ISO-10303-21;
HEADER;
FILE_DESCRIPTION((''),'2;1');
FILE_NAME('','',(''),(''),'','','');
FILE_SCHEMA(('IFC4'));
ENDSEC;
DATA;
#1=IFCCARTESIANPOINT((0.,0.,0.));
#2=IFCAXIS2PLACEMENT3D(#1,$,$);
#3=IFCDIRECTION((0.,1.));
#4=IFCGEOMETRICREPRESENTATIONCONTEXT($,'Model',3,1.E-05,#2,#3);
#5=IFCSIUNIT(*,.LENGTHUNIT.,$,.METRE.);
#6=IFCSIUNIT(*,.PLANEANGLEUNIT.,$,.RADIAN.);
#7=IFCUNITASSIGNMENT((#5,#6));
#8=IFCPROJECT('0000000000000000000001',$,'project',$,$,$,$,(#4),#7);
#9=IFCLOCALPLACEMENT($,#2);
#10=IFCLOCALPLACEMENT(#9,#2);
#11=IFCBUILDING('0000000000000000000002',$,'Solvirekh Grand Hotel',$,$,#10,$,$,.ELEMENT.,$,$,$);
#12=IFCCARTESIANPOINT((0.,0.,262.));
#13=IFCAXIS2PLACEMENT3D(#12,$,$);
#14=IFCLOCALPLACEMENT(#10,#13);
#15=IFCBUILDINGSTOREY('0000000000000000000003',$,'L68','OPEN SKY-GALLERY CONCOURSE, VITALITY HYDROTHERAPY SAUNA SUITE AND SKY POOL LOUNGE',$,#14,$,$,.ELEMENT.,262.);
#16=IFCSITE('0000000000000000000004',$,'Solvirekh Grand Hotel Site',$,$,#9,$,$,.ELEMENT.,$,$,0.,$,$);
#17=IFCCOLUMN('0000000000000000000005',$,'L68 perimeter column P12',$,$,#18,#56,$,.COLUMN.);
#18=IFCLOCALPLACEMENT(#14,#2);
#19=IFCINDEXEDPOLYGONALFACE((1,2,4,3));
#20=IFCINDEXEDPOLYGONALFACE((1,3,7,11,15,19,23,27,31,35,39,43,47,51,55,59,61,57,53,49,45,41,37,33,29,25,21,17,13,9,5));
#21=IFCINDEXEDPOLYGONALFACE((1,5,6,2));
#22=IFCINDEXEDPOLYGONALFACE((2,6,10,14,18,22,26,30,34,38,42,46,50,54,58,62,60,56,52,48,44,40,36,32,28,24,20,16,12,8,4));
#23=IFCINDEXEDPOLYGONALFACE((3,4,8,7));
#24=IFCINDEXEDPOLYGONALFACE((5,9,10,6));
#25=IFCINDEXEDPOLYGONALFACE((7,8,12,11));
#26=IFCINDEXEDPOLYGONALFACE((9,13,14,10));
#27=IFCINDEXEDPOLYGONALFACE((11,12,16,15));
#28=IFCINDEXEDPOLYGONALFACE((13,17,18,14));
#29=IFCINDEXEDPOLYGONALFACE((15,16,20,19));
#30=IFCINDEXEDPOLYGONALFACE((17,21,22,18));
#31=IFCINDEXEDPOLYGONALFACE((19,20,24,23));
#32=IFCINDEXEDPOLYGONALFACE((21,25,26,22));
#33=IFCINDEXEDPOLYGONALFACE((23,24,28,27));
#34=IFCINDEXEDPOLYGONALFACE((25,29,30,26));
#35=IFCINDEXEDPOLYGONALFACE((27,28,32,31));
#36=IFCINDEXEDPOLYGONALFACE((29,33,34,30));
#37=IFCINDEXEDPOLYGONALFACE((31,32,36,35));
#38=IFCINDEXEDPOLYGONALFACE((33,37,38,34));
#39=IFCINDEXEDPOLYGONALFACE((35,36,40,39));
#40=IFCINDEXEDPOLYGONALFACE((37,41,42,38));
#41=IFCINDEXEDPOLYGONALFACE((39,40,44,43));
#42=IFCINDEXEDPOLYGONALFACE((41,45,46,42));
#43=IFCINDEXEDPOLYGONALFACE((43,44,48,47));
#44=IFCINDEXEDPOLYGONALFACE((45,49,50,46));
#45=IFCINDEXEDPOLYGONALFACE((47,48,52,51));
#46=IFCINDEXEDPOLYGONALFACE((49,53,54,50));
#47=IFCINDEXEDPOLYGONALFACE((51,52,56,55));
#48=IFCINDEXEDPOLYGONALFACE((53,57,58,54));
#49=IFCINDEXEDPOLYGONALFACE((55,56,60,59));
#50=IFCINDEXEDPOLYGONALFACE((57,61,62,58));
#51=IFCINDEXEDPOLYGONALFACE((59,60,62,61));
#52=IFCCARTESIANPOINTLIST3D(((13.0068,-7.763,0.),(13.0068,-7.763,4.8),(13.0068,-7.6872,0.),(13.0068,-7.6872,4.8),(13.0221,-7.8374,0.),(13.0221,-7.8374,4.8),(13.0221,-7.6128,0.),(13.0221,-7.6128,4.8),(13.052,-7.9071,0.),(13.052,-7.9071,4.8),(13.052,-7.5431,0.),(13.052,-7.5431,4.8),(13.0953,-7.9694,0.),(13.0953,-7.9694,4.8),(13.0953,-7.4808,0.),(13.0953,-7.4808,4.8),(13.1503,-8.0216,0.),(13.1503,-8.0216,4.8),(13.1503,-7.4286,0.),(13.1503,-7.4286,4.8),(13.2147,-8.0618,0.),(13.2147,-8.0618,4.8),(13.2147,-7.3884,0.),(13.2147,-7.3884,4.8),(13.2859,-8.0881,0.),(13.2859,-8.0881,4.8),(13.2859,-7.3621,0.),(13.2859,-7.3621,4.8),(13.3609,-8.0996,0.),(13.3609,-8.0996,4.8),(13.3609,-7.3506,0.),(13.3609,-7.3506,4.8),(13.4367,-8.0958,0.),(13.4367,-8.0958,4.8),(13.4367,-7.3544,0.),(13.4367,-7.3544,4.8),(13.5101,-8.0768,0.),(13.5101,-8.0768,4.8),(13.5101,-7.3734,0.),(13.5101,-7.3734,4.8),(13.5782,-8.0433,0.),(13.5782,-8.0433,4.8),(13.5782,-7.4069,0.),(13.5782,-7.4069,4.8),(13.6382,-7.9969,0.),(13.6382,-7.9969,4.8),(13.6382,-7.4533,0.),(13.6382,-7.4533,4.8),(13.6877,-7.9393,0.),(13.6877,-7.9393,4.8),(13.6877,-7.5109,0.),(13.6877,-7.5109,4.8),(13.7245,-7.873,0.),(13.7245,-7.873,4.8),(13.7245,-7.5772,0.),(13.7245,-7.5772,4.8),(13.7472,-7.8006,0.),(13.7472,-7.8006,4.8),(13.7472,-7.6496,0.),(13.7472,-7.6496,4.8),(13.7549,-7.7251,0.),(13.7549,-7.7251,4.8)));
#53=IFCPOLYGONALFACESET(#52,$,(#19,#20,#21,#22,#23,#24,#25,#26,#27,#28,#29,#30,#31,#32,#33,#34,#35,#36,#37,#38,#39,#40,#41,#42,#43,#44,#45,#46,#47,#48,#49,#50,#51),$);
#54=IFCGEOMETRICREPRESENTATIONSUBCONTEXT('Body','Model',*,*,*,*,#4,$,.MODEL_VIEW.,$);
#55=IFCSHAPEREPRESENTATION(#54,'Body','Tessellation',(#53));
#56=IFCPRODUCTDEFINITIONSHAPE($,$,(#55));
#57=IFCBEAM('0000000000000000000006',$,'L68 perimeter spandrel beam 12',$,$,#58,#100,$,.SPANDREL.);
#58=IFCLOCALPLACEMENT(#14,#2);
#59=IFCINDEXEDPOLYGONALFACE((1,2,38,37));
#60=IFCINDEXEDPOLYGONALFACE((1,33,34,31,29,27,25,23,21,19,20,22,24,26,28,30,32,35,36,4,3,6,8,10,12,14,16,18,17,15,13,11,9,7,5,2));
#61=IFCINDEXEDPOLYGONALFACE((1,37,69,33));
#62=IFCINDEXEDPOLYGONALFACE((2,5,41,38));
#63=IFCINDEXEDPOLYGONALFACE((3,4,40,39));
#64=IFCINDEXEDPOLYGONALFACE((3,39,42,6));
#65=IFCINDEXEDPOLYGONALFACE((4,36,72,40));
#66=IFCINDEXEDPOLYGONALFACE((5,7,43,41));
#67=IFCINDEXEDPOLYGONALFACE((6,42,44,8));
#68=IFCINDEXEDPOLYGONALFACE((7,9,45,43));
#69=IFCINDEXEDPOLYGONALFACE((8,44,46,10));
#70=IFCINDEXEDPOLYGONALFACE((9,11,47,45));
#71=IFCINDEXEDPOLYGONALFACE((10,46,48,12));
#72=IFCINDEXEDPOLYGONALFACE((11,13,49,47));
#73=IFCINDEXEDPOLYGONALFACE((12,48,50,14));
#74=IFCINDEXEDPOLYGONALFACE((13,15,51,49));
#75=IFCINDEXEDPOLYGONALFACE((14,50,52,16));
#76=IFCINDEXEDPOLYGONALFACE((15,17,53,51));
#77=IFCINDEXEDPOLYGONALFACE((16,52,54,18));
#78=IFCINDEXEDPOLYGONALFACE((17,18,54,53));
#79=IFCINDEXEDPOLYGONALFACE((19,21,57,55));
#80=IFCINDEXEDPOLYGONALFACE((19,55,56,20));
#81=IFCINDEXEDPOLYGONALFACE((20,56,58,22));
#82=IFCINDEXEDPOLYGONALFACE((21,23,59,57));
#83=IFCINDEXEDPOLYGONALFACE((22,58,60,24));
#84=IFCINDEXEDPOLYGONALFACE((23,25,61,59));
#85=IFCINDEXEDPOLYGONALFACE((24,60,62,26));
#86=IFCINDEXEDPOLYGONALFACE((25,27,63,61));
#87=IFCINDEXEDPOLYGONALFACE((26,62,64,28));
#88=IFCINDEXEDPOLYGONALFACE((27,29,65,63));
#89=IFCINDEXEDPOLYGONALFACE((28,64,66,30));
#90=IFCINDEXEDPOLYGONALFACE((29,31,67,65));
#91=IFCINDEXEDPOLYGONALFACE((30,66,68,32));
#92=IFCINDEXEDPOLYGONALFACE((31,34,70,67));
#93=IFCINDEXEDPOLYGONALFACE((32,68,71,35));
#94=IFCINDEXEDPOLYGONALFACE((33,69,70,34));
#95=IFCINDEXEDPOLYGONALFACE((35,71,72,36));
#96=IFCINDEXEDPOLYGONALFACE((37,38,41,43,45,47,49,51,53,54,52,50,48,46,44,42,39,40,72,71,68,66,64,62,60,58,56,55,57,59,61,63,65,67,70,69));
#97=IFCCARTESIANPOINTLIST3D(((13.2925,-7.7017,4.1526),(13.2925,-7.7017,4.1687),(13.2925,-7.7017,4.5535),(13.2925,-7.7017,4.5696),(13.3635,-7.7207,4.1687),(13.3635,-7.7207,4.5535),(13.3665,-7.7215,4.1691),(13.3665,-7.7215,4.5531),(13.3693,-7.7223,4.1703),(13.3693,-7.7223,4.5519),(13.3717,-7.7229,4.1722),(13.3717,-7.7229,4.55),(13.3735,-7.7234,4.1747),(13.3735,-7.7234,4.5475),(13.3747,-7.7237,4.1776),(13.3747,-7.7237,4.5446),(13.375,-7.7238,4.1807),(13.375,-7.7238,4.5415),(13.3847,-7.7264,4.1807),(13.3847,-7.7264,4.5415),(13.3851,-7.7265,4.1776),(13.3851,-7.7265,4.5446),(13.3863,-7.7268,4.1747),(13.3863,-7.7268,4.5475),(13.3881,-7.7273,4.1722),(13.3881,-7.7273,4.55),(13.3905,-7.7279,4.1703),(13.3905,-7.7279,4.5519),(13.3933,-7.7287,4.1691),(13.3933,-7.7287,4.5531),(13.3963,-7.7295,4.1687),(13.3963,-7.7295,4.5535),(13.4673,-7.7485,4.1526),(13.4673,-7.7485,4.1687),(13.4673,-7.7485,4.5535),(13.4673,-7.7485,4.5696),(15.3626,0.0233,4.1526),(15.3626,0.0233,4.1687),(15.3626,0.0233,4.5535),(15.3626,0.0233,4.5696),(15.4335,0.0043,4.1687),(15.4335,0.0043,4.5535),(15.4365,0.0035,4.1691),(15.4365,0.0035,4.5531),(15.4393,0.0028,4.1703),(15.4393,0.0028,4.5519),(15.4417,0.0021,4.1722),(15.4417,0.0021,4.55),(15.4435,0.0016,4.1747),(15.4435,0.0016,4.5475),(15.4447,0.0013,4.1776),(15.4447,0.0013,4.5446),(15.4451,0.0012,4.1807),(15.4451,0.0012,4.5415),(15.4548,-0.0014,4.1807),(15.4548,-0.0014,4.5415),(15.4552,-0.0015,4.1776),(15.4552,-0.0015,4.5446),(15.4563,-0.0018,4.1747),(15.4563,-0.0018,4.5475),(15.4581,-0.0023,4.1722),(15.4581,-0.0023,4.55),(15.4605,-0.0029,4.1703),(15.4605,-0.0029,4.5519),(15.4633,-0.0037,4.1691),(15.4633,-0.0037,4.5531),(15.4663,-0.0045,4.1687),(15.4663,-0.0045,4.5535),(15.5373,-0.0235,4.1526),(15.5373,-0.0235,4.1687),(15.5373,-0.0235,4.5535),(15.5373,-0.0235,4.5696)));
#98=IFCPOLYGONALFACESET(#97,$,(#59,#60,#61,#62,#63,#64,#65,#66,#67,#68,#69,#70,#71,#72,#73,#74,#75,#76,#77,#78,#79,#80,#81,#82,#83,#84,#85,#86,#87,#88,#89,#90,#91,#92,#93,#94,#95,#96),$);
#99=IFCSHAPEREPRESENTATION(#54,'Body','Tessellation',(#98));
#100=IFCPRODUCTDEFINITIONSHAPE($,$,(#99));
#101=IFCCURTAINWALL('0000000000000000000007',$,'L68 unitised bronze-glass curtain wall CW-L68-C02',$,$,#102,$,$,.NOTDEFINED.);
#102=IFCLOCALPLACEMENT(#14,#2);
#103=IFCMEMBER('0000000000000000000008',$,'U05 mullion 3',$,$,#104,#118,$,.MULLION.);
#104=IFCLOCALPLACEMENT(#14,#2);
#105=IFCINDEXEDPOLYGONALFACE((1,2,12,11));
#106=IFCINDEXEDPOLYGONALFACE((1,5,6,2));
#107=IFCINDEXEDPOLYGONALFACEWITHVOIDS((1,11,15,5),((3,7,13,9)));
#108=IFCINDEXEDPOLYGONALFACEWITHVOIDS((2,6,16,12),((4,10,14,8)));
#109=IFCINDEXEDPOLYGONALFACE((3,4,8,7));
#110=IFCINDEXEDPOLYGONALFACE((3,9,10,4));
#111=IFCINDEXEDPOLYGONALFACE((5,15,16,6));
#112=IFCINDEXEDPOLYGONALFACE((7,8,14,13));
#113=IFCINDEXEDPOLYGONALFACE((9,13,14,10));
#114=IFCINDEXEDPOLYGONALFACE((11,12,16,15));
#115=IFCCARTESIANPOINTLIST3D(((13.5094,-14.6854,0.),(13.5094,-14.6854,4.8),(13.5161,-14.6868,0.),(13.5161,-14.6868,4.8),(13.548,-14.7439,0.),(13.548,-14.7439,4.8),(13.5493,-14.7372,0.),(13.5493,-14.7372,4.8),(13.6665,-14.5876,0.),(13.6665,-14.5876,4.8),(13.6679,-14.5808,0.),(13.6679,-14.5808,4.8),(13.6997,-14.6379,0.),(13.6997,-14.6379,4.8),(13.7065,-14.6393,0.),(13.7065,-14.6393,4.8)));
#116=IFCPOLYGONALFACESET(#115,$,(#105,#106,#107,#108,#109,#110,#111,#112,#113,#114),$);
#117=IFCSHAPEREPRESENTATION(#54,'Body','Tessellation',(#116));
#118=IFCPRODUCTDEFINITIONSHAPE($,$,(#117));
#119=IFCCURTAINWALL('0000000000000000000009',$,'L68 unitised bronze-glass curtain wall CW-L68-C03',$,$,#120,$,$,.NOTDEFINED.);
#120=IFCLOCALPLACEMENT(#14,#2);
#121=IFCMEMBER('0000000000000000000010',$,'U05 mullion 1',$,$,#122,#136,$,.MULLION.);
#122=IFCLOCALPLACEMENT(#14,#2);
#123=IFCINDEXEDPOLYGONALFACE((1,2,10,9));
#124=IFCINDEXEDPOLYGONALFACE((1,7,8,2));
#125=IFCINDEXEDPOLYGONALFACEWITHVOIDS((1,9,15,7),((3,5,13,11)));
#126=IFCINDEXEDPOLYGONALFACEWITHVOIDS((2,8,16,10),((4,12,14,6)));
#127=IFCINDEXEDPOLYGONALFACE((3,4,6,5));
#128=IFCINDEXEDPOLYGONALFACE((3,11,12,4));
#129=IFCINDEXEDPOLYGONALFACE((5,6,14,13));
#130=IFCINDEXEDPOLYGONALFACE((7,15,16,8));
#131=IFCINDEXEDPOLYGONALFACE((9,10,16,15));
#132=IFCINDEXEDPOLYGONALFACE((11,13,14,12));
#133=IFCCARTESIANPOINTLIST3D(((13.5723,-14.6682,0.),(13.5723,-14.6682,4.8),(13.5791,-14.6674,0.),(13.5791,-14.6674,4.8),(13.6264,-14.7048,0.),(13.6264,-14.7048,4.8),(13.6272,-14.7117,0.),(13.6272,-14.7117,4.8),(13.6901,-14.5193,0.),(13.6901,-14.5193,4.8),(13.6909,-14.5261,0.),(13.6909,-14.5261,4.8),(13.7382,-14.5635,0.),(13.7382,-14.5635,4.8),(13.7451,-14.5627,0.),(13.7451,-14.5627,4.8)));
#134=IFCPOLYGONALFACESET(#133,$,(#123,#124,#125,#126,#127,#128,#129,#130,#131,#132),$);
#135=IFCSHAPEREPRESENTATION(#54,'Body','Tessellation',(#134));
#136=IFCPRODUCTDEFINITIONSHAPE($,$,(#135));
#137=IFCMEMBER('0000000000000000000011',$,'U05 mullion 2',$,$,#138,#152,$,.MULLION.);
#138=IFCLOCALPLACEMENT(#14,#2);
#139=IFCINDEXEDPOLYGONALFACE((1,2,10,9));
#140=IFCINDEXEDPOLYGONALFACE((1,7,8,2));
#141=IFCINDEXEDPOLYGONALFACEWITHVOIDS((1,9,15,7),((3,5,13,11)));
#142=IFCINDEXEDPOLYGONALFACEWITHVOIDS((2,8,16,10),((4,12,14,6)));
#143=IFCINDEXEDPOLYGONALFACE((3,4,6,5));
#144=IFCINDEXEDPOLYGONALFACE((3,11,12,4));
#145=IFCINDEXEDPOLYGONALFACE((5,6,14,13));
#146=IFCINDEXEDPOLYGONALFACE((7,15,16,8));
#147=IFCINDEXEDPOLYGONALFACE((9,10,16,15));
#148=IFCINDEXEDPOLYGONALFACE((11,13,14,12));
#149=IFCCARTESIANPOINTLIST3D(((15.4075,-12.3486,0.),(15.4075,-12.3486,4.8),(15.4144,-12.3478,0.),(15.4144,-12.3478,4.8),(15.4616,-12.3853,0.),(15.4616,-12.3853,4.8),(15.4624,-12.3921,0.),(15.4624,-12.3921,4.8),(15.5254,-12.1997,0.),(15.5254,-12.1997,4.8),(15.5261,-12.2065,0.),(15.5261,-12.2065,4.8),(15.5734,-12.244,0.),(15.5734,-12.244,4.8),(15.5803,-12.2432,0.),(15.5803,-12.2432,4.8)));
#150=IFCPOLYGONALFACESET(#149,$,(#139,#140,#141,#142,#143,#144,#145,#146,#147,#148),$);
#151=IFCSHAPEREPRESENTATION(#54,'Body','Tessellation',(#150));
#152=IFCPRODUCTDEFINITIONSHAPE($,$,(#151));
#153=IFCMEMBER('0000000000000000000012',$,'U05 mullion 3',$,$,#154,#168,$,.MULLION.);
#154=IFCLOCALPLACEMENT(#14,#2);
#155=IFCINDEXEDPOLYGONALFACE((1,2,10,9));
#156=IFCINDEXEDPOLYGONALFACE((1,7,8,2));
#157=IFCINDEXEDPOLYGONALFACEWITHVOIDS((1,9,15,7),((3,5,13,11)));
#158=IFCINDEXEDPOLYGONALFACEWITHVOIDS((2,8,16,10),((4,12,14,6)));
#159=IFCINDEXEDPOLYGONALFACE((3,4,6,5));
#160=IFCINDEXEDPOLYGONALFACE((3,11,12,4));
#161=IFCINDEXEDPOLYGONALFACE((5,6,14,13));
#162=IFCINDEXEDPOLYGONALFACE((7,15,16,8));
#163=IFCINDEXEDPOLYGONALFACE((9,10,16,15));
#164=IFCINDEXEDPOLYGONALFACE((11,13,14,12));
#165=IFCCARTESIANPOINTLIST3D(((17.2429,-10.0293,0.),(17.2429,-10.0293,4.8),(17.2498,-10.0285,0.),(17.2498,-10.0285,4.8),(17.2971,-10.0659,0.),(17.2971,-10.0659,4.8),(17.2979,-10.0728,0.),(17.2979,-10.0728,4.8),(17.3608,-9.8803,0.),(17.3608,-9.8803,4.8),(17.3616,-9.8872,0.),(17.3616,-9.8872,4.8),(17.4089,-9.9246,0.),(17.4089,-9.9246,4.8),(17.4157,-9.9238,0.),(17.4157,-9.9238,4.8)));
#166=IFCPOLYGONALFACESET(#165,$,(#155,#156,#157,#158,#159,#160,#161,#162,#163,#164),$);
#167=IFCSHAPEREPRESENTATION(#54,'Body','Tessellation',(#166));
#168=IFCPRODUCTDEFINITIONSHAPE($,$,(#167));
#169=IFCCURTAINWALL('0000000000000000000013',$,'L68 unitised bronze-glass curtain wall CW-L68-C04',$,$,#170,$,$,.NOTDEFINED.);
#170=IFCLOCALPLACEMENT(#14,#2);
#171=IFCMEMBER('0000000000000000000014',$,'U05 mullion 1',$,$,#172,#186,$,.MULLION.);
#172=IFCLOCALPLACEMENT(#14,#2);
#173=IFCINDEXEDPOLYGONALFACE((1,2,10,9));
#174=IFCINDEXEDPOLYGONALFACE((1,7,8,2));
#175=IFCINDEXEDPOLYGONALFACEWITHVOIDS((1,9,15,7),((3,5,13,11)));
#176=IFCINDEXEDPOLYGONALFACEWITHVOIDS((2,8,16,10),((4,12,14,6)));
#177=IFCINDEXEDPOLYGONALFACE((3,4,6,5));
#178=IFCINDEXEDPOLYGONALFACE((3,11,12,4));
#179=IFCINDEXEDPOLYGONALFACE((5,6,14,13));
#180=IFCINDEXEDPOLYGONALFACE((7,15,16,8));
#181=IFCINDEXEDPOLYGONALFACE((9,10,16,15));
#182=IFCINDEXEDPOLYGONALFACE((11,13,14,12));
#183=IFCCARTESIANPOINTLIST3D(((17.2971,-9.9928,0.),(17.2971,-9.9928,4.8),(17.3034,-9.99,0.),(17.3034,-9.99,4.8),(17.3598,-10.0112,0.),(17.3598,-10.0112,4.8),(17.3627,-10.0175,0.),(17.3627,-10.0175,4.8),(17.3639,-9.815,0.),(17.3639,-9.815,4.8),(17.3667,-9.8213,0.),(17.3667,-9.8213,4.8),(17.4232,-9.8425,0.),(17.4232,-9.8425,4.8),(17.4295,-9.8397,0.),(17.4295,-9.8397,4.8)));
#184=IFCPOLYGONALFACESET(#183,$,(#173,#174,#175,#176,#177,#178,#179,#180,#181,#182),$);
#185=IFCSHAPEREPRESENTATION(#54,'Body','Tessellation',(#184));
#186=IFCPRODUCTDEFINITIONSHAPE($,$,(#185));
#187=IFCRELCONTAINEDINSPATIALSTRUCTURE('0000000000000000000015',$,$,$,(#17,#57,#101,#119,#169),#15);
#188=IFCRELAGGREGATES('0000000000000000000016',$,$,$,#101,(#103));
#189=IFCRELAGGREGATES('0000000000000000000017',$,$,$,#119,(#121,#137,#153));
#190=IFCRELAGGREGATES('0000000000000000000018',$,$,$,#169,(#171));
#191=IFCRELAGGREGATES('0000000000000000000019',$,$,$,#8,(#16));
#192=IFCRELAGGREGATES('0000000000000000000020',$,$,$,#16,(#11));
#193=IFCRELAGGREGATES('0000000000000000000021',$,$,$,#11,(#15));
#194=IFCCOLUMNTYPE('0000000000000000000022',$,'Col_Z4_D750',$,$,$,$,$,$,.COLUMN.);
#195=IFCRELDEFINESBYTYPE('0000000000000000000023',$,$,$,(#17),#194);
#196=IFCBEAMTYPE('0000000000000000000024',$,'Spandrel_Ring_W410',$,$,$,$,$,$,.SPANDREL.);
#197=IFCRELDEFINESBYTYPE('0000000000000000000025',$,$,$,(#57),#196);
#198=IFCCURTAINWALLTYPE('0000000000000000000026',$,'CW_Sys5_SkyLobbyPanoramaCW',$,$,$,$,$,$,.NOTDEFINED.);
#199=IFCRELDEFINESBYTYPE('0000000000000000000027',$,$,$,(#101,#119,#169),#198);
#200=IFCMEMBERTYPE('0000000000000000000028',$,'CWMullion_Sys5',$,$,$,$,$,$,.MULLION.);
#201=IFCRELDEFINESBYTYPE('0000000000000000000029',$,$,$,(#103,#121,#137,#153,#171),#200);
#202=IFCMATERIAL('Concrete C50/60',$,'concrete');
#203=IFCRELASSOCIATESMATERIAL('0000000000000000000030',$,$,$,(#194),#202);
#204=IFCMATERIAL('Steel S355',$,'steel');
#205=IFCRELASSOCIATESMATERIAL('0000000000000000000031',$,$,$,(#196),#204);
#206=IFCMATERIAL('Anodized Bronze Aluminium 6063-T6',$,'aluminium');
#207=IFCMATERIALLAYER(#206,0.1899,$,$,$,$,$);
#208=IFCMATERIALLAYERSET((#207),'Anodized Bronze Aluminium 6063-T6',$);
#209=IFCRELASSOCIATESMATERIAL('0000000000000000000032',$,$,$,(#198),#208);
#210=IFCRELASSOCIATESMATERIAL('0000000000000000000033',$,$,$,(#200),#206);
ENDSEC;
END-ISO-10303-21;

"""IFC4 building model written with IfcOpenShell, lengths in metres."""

from ifc_helpers import new_model, si_unit, direction, frame, origin, origin_2d, place, context, subcontext, project, spatial, hollow_rectangle, circle, i_section, extrude, source, transform, mapped, material, layer, layer_set, material_profile, profile_set, type_object, element, aggregate, save


model = new_model("IFC4")

# Units and contexts
model_context = context("Model", 3, precision=1e-05, world=origin(), true_north=direction((0.0, 1.0)))
body_context = subcontext(model_context, "Body", "Model", "MODEL_VIEW")
ifc_project = project(units=[si_unit("LENGTHUNIT", "METRE"), si_unit("PLANEANGLEUNIT", "RADIAN")], contexts=[model_context])

# Site, building, storey
site_placement = place(None, origin())
site = spatial("IfcSite", under=ifc_project, at=site_placement, Name="Solvirekh Grand Hotel Site", CompositionType="ELEMENT", RefElevation=0.0)
building_placement = place(site_placement, origin())
building = spatial("IfcBuilding", under=site, at=building_placement, Name="Solvirekh Grand Hotel", CompositionType="ELEMENT")
storey_placement = place(building_placement, frame((0.0, 0.0, 262.0)))
storey = spatial("IfcBuildingStorey", under=building, at=storey_placement, Name="L68", Description="OPEN SKY-GALLERY CONCOURSE, VITALITY HYDROTHERAPY SAUNA SUITE AND SKY POOL LOUNGE", CompositionType="ELEMENT", Elevation=262.0)

# Column
ifc_material_1 = material(Name="Concrete C50/60", Category="concrete")
ifc_material_profile_1 = material_profile(ifc_material_1, circle(Radius=0.375, at=origin_2d()), Name="RC CIRC D750")
ifc_profile_set_1 = profile_set([ifc_material_profile_1], Name="Concrete C50/60")
column_type = type_object("IfcColumnType", Name="Col_Z4_D750", PredefinedType="COLUMN", material=ifc_profile_set_1)
column_placement = place(storey_placement, frame((13.3799, -7.7251, 0.0), z_axis=(0.0, 0.0, 1.0), x_axis=(1.0, 0.0, 0.0)))
element("IfcColumn", 1, at=column_placement, inside=storey, type_object=column_type, Name="L68 perimeter column P12", PredefinedType="COLUMN", context=body_context, shape_type="SweptSolid", body=[
    extrude(circle(Radius=0.375, at=origin_2d()), origin(), (0.0, 0.0, 1.0), 4.8),
])

# Beam
ifc_material_2 = material(Name="Steel S355", Category="steel")
ifc_material_profile_2 = material_profile(ifc_material_2, i_section(OverallWidth=0.1809, OverallDepth=0.417, WebThickness=0.01, FlangeThickness=0.0161, FilletRadius=0.012, at=origin_2d()), Name="W410X85")
ifc_profile_set_2 = profile_set([ifc_material_profile_2], Name="Steel S355")
beam_type = type_object("IfcBeamType", Name="Spandrel_Ring_W410", PredefinedType="SPANDREL", material=ifc_profile_set_2)
beam_placement = place(storey_placement, frame((13.3799, -7.7251, 4.3611), z_axis=(0.258835, 0.965922, 0.0), x_axis=(-0.965922, 0.258835, 0.0)))
element("IfcBeam", 2, at=beam_placement, inside=storey, type_object=beam_type, Name="L68 perimeter spandrel beam 12", PredefinedType="SPANDREL", context=body_context, shape_type="SweptSolid", body=[
    extrude(i_section(OverallWidth=0.1809, OverallDepth=0.417, WebThickness=0.01, FlangeThickness=0.0161, FilletRadius=0.012, at=origin_2d()), origin(), (0.0, 0.0, 1.0), 7.9976),
])

# Curtain wall, member
ifc_material_3 = material(Name="Anodized Bronze Aluminium 6063-T6", Category="aluminium")
ifc_layer_1 = layer(ifc_material_3, 0.1899)
ifc_layer_set_1 = layer_set([ifc_layer_1], Name="Anodized Bronze Aluminium 6063-T6")
curtain_wall_type = type_object("IfcCurtainWallType", Name="CW_Sys5_SkyLobbyPanoramaCW", PredefinedType="NOTDEFINED", material=ifc_layer_set_1)
curtain_wall_1_placement = place(storey_placement, origin())
curtain_wall_1 = element("IfcCurtainWall", 3, at=curtain_wall_1_placement, inside=storey, type_object=curtain_wall_type, Name="L68 unitised bronze-glass curtain wall CW-L68-C02", PredefinedType="NOTDEFINED")
ifc_material_profile_3 = material_profile(ifc_material_3, hollow_rectangle(XDim=0.0701, YDim=0.1899, WallThickness=0.0049, at=origin_2d()), Name="ALU RHS 190X70X5")
ifc_profile_set_3 = profile_set([ifc_material_profile_3], Name="Anodized Bronze Aluminium 6063-T6")
member_type_1 = type_object("IfcMemberType", Name="CWMullion_Sys5", PredefinedType="MULLION", material=ifc_profile_set_3)
shared_shape_1 = source(origin(), body_context, "Body", "SweptSolid", [
    extrude(hollow_rectangle(XDim=0.0701, YDim=0.1899, WallThickness=0.0049, at=origin_2d()), origin(), (0.0, 0.0, 1.0), 4.8),
])
member_1_placement = place(storey_placement, frame((13.6079, -14.6624, 0.0), z_axis=(0.0, 0.0, 1.0), x_axis=(-0.550988, 0.834513, 0.0)))
member_1 = element("IfcMember", 4, at=member_1_placement, type_object=member_type_1, Name="U05 mullion 3", PredefinedType="MULLION", context=body_context, shape_type="MappedRepresentation", body=[
    mapped(shared_shape_1, transform((0.0, 0.0, 0.0), x_axis=(1.0, 0.0, 0.0), y_axis=(0.0, 1.0, 0.0), z_axis=(0.0, 0.0, 1.0), scale=1.0)),
])
aggregate(curtain_wall_1, [member_1])

# Curtain walls, members
curtain_wall_2_placement = place(storey_placement, origin())
curtain_wall_2 = element("IfcCurtainWall", 5, at=curtain_wall_2_placement, inside=storey, type_object=curtain_wall_type, Name="L68 unitised bronze-glass curtain wall CW-L68-C03", PredefinedType="NOTDEFINED")
member_2_placement = place(storey_placement, frame((13.6587, -14.6155, 0.0), z_axis=(0.0, 0.0, 1.0), x_axis=(-0.784215, 0.620489, 0.0)))
member_2 = element("IfcMember", 6, at=member_2_placement, type_object=member_type_1, Name="U05 mullion 1", PredefinedType="MULLION", context=body_context, shape_type="MappedRepresentation", body=[
    mapped(shared_shape_1, transform((0.0, 0.0, 0.0), x_axis=(1.0, 0.0, 0.0), y_axis=(0.0, 1.0, 0.0), z_axis=(0.0, 0.0, 1.0), scale=1.0)),
])
member_3_placement = place(storey_placement, frame((15.4939, -12.2959, 0.0), z_axis=(0.0, 0.0, 1.0), x_axis=(-0.784215, 0.620489, 0.0)))
member_3 = element("IfcMember", 7, at=member_3_placement, type_object=member_type_1, Name="U05 mullion 2", PredefinedType="MULLION", context=body_context, shape_type="MappedRepresentation", body=[
    mapped(shared_shape_1, transform((0.0, 0.0, 0.0), x_axis=(1.0, 0.0, 0.0), y_axis=(0.0, 1.0, 0.0), z_axis=(0.0, 0.0, 1.0), scale=1.0)),
])
member_4_placement = place(storey_placement, frame((17.3293, -9.9766, 0.0), z_axis=(0.0, 0.0, 1.0), x_axis=(-0.784215, 0.620489, 0.0)))
member_4 = element("IfcMember", 8, at=member_4_placement, type_object=member_type_1, Name="U05 mullion 3", PredefinedType="MULLION", context=body_context, shape_type="MappedRepresentation", body=[
    mapped(shared_shape_1, transform((0.0, 0.0, 0.0), x_axis=(1.0, 0.0, 0.0), y_axis=(0.0, 1.0, 0.0), z_axis=(0.0, 0.0, 1.0), scale=1.0)),
])
curtain_wall_3_placement = place(storey_placement, origin())
curtain_wall_3 = element("IfcCurtainWall", 9, at=curtain_wall_3_placement, inside=storey, type_object=curtain_wall_type, Name="L68 unitised bronze-glass curtain wall CW-L68-C04", PredefinedType="NOTDEFINED")
member_5_placement = place(storey_placement, frame((17.3633, -9.9163, 0.0), z_axis=(0.0, 0.0, 1.0), x_axis=(-0.936153, 0.351594, 0.0)))
member_5 = element("IfcMember", 10, at=member_5_placement, type_object=member_type_1, Name="U05 mullion 1", PredefinedType="MULLION", context=body_context, shape_type="MappedRepresentation", body=[
    mapped(shared_shape_1, transform((0.0, 0.0, 0.0), x_axis=(1.0, 0.0, 0.0), y_axis=(0.0, 1.0, 0.0), z_axis=(0.0, 0.0, 1.0), scale=1.0)),
])

aggregate(curtain_wall_2, [member_2, member_3, member_4])
aggregate(curtain_wall_3, [member_5])

save(model, "model.ifc")
